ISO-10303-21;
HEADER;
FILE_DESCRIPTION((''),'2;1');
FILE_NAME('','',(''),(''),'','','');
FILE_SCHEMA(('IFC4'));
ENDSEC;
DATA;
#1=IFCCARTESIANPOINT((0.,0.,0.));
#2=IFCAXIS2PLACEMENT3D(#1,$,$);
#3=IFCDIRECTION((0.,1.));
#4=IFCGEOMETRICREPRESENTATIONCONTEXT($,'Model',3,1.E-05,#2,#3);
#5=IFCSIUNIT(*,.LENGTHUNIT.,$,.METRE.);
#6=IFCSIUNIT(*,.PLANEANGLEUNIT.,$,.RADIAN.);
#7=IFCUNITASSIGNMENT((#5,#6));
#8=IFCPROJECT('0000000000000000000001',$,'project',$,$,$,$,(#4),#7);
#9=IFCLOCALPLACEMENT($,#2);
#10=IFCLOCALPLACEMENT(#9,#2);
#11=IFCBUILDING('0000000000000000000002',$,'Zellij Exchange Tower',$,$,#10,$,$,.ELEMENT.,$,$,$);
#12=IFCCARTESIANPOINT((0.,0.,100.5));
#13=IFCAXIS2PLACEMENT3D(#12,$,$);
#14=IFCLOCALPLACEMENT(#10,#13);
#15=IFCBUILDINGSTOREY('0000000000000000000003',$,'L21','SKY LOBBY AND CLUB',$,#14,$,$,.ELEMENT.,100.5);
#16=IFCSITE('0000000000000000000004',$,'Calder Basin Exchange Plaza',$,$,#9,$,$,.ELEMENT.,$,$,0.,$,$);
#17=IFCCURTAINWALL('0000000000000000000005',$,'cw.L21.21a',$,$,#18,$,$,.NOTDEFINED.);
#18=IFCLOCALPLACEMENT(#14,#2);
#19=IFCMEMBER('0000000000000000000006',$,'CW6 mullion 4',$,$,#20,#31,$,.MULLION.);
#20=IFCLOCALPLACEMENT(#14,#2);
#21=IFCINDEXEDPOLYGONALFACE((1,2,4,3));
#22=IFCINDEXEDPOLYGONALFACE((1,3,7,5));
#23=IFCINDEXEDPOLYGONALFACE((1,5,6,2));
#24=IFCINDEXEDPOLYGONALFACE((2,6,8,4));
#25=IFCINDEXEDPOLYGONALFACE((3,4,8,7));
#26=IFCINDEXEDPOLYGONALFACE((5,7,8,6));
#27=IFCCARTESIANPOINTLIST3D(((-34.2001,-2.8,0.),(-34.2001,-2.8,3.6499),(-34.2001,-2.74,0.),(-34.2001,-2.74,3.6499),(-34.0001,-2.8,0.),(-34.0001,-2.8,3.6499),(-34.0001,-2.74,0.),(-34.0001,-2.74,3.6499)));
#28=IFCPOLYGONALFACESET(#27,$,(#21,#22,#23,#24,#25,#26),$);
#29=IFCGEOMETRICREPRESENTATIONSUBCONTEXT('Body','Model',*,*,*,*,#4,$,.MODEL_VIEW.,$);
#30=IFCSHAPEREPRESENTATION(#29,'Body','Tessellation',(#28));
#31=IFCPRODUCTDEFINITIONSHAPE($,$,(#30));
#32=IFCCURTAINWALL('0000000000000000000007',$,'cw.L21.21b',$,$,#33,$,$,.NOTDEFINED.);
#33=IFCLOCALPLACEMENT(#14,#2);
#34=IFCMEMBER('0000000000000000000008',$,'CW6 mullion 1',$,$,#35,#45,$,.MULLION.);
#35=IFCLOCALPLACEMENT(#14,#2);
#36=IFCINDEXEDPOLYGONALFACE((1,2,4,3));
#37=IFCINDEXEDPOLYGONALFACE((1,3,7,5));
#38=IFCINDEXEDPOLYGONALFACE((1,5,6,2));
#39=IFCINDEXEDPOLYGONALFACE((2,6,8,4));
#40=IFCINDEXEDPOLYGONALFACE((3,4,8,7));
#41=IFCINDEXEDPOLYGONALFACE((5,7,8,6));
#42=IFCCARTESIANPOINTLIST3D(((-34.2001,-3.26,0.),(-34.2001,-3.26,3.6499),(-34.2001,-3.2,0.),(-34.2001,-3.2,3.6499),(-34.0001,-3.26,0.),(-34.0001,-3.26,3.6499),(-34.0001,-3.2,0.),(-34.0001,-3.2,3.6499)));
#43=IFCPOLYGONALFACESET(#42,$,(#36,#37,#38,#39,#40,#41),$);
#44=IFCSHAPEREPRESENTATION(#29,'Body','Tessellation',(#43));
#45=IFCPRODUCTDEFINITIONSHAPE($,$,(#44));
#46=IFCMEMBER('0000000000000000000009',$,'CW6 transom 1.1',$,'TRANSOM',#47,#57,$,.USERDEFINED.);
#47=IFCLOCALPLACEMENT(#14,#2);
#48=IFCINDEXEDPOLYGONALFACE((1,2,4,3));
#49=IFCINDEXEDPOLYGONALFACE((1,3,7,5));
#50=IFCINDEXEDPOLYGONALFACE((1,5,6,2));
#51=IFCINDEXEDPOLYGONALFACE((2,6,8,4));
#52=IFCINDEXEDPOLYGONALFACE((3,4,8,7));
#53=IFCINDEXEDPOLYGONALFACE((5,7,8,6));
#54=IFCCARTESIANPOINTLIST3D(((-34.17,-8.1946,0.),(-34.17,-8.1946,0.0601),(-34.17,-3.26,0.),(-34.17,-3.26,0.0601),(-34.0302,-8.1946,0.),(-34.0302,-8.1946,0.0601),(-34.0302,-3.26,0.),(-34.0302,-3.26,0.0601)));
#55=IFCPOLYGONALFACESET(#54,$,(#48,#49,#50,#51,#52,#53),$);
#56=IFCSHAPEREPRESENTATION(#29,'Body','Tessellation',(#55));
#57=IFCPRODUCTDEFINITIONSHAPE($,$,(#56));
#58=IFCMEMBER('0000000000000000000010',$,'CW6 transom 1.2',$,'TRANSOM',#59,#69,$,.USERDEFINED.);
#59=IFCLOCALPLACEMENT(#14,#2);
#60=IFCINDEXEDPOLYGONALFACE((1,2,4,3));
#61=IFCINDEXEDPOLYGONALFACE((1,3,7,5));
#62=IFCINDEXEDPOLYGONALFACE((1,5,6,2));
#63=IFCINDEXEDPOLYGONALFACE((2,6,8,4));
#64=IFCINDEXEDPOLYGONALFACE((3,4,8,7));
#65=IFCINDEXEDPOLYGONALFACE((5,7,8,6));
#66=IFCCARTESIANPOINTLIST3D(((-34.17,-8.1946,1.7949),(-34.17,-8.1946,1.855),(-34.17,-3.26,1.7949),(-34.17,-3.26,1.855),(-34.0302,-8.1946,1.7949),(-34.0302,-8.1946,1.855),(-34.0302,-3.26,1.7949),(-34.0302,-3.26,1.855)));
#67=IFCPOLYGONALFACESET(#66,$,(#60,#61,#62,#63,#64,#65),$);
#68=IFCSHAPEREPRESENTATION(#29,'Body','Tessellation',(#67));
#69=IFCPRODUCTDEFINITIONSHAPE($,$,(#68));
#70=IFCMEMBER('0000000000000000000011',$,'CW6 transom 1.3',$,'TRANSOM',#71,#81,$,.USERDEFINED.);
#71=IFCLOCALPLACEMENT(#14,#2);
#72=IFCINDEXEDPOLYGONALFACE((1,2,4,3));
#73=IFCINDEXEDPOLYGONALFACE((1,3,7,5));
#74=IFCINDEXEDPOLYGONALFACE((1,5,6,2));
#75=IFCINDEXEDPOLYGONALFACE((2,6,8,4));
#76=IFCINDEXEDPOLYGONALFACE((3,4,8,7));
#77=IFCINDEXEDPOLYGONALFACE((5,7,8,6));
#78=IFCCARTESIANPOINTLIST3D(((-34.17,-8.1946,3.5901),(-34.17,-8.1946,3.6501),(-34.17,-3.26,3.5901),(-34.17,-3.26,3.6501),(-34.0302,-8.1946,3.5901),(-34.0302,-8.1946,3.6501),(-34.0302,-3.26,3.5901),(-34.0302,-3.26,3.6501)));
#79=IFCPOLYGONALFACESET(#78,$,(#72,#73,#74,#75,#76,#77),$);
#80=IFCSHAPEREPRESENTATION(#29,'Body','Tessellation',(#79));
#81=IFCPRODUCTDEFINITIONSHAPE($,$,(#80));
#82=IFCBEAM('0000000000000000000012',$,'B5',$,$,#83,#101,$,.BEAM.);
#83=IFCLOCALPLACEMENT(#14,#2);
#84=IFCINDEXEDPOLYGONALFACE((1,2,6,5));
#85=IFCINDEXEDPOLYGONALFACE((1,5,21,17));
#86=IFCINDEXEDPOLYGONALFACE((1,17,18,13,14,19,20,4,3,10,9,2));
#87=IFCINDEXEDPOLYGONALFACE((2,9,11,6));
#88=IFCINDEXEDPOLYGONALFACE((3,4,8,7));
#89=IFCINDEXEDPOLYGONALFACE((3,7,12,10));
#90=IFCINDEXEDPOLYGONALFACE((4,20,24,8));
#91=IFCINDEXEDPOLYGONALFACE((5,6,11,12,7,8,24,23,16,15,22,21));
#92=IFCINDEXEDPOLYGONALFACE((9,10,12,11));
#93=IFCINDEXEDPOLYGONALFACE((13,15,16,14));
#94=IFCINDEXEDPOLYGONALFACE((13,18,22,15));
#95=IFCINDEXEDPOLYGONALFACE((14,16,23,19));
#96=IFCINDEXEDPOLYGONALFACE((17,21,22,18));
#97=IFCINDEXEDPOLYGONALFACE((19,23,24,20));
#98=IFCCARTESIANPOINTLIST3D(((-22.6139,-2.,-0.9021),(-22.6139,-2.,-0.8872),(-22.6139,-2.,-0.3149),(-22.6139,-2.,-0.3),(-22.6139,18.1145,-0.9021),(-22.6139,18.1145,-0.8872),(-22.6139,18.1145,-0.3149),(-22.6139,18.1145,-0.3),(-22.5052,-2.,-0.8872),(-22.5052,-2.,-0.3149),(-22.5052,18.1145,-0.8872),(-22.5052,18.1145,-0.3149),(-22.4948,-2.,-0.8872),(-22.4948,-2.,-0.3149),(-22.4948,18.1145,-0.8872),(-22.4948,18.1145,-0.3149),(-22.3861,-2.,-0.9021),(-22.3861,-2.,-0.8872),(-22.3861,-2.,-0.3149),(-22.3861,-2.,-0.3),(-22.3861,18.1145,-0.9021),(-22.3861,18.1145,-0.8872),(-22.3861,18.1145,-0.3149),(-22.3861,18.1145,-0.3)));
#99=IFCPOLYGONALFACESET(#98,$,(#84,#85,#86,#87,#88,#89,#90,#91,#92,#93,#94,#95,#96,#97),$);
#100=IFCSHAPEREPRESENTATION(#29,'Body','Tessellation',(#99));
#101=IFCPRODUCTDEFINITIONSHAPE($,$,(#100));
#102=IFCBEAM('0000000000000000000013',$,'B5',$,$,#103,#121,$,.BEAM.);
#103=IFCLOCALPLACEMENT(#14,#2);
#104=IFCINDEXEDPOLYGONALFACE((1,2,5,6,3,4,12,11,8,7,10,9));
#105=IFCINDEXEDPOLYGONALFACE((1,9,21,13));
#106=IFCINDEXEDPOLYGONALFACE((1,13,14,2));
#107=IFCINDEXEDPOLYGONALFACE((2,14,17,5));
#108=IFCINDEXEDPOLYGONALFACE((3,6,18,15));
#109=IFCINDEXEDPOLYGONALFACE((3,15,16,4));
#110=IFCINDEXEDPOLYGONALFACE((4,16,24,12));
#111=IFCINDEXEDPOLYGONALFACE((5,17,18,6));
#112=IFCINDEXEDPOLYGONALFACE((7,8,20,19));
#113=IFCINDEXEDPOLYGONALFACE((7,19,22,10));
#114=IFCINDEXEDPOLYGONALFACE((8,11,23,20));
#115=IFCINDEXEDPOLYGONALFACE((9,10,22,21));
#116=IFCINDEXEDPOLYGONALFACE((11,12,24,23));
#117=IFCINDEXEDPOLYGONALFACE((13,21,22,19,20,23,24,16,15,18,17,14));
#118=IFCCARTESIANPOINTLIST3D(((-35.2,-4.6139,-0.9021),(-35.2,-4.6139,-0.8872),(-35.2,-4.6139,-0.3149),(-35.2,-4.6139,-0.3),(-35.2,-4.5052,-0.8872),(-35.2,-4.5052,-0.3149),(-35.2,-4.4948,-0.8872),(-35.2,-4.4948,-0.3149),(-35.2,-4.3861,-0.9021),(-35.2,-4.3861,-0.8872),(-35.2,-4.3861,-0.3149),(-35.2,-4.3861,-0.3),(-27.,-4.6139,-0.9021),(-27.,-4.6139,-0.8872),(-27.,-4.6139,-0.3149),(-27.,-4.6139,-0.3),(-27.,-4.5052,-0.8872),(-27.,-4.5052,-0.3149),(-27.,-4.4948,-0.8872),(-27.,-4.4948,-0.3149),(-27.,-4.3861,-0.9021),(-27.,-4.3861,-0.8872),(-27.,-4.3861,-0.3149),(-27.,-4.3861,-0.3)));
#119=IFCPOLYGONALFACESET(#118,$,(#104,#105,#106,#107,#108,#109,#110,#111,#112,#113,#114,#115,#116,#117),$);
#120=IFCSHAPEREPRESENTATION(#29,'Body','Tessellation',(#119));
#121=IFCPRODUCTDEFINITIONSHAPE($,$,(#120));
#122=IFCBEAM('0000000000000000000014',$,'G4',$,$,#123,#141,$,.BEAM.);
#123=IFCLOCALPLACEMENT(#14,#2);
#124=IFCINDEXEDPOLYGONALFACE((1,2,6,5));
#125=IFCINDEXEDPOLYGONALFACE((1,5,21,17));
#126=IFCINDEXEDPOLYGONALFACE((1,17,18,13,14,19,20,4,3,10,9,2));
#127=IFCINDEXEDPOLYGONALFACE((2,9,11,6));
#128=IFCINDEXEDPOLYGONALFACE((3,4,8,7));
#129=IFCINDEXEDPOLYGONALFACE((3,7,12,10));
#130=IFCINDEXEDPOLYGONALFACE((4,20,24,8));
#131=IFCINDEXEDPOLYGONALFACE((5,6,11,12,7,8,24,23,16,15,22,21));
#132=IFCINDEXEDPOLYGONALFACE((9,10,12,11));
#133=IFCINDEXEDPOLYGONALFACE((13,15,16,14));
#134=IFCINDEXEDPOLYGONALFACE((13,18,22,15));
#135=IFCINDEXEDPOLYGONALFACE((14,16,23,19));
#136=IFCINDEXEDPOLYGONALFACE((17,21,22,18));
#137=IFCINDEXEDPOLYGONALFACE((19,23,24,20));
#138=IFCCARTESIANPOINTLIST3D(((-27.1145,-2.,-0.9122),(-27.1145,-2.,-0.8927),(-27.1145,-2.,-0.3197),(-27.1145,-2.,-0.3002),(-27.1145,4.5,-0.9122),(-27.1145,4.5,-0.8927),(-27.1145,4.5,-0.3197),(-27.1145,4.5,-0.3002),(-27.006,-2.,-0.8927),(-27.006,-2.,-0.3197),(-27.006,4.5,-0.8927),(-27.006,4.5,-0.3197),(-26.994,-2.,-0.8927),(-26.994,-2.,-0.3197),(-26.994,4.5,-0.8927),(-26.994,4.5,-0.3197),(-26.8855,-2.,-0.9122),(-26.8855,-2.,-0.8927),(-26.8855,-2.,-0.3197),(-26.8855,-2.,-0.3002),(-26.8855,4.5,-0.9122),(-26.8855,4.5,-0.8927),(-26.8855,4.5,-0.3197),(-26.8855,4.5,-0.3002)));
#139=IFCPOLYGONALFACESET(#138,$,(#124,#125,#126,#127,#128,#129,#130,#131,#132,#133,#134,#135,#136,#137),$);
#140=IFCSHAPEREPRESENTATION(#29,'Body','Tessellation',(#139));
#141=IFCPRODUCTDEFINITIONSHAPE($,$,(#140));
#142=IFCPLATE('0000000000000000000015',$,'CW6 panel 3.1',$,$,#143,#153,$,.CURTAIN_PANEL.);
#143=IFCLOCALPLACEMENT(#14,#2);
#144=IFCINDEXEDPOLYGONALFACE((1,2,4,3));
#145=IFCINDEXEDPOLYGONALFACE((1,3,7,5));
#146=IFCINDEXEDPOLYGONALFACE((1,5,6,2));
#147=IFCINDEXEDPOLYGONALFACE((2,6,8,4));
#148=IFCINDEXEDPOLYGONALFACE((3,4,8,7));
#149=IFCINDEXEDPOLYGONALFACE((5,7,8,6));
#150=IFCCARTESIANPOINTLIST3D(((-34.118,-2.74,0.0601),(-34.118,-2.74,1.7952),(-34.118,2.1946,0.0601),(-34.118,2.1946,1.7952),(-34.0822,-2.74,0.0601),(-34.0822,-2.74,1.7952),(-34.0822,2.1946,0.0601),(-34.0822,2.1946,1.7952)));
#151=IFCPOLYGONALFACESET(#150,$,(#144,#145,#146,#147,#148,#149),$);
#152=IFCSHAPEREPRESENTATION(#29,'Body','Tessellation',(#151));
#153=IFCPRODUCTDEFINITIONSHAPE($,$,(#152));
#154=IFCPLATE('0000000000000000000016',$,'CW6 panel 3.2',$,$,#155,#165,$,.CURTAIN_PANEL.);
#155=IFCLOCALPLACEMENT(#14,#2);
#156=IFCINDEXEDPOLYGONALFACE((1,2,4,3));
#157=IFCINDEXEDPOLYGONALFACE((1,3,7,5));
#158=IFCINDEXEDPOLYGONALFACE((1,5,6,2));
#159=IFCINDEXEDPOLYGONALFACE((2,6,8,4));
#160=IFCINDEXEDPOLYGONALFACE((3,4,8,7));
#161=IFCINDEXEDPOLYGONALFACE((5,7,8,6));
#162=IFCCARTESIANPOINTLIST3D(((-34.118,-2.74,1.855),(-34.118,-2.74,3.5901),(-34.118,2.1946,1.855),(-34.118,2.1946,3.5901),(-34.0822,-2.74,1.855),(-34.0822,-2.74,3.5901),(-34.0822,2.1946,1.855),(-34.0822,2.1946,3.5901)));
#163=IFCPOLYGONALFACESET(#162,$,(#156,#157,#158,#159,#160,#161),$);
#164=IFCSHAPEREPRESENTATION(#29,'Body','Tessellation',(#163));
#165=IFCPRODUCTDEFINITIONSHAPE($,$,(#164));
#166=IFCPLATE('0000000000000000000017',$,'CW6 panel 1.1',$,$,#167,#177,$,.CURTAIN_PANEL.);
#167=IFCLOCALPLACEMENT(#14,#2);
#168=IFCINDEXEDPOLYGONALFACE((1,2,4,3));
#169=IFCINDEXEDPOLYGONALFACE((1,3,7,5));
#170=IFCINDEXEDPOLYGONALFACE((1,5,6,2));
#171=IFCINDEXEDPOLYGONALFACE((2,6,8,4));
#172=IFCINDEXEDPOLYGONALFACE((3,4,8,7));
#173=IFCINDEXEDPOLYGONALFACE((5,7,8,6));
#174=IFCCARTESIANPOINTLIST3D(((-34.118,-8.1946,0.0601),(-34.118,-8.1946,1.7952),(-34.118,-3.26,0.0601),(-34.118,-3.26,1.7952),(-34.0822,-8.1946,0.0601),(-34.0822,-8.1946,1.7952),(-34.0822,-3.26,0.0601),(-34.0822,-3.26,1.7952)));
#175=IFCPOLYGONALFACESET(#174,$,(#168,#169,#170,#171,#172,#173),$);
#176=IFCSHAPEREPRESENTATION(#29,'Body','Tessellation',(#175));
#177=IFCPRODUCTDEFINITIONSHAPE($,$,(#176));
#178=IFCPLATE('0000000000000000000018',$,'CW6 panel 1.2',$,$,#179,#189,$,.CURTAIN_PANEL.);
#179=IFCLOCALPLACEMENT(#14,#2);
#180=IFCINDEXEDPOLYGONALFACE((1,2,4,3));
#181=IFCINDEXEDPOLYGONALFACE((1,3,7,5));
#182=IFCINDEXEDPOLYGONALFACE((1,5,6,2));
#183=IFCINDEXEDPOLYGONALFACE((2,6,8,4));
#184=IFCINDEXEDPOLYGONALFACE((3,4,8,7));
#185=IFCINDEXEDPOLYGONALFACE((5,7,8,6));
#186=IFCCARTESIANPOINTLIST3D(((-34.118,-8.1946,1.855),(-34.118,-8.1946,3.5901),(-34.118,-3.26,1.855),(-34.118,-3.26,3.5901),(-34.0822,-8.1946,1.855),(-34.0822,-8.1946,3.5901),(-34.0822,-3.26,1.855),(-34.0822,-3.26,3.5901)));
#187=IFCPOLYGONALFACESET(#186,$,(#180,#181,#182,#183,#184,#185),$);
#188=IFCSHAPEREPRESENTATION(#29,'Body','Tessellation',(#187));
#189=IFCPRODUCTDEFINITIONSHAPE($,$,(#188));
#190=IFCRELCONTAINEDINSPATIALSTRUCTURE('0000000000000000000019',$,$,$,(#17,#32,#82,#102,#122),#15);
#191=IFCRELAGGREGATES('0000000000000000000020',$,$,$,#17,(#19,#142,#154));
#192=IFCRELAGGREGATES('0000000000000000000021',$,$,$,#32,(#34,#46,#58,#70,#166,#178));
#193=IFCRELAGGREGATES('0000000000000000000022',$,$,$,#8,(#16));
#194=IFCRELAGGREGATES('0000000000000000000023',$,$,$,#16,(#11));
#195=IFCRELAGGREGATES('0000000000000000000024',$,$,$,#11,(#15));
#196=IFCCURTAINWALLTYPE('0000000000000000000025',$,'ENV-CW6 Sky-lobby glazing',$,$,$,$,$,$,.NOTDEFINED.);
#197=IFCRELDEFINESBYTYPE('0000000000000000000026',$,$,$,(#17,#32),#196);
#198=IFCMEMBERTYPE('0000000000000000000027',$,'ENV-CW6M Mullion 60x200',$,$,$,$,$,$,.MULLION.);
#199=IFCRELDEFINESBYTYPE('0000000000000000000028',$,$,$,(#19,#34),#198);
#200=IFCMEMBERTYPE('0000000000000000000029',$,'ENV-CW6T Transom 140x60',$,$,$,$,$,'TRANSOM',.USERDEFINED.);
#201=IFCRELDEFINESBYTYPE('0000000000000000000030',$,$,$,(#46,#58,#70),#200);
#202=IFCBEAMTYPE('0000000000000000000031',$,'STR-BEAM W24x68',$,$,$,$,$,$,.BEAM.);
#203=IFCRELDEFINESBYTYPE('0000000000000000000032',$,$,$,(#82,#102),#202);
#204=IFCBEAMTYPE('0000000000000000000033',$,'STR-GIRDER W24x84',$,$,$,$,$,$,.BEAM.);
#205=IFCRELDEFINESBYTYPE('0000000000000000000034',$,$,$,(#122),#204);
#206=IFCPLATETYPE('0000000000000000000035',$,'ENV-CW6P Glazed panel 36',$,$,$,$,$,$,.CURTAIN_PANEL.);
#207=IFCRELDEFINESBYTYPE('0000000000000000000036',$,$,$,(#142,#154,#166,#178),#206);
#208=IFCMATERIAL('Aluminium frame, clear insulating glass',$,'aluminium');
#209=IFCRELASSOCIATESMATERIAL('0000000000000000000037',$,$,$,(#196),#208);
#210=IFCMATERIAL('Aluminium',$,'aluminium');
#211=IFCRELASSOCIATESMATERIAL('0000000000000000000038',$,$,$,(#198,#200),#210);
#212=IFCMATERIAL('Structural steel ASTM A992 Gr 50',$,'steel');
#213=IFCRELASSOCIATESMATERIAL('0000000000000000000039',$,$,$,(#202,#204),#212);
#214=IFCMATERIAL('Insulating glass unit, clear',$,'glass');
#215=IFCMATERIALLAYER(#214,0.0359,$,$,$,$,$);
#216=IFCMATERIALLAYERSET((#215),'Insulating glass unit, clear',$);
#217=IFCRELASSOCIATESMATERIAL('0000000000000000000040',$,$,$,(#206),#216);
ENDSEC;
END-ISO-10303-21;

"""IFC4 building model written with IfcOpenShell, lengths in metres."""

from ifc_helpers import new_model, si_unit, direction, frame, origin, origin_2d, place, context, subcontext, project, spatial, rectangle, i_section, extrude, material, layer, layer_set, material_profile, profile_set, type_object, element, aggregate, save


model = new_model("IFC4")

# Units and contexts
model_context = context("Model", 3, precision=1e-05, world=origin(), true_north=direction((0.0, 1.0)))
body_context = subcontext(model_context, "Body", "Model", "MODEL_VIEW")
ifc_project = project(units=[si_unit("LENGTHUNIT", "METRE"), si_unit("PLANEANGLEUNIT", "RADIAN")], contexts=[model_context])

# Site, building, storey
site_placement = place(None, origin())
site = spatial("IfcSite", under=ifc_project, at=site_placement, Name="Calder Basin Exchange Plaza", CompositionType="ELEMENT", RefElevation=0.0)
building_placement = place(site_placement, origin())
building = spatial("IfcBuilding", under=site, at=building_placement, Name="Zellij Exchange Tower", CompositionType="ELEMENT")
storey_placement = place(building_placement, frame((0.0, 0.0, 100.5)))
storey = spatial("IfcBuildingStorey", under=building, at=storey_placement, Name="L21", Description="SKY LOBBY AND CLUB", CompositionType="ELEMENT", Elevation=100.5)

# Curtain wall, member
ifc_material_1 = material(Name="Aluminium frame, clear insulating glass", Category="aluminium")
curtain_wall_type = type_object("IfcCurtainWallType", Name="ENV-CW6 Sky-lobby glazing", PredefinedType="NOTDEFINED", material=ifc_material_1)
curtain_wall_1_placement = place(storey_placement, origin())
curtain_wall_1 = element("IfcCurtainWall", 1, at=curtain_wall_1_placement, inside=storey, type_object=curtain_wall_type, Name="cw.L21.21a", PredefinedType="NOTDEFINED")
ifc_material_2 = material(Name="Aluminium", Category="aluminium")
ifc_material_profile_1 = material_profile(ifc_material_2, rectangle(XDim=0.0601, YDim=0.2, at=origin_2d()), Name="AL 60x200")
ifc_profile_set_1 = profile_set([ifc_material_profile_1], Name="Aluminium")
member_type_1 = type_object("IfcMemberType", Name="ENV-CW6M Mullion 60x200", PredefinedType="MULLION", material=ifc_profile_set_1)
member_1_placement = place(storey_placement, frame((-34.1001, -2.77, 0.0), z_axis=(0.0, 0.0, 1.0), x_axis=(0.0, -1.0, 0.0)))
member_1 = element("IfcMember", 2, at=member_1_placement, type_object=member_type_1, Name="CW6 mullion 4", PredefinedType="MULLION", context=body_context, shape_type="SweptSolid", body=[
    extrude(rectangle(XDim=0.0601, YDim=0.2, at=origin_2d()), origin(), (0.0, 0.0, 1.0), 3.6499),
])

# Curtain wall, members
curtain_wall_2_placement = place(storey_placement, origin())
curtain_wall_2 = element("IfcCurtainWall", 3, at=curtain_wall_2_placement, inside=storey, type_object=curtain_wall_type, Name="cw.L21.21b", PredefinedType="NOTDEFINED")
member_2_placement = place(storey_placement, frame((-34.1001, -3.23, 0.0), z_axis=(0.0, 0.0, 1.0), x_axis=(0.0, -1.0, 0.0)))
member_2 = element("IfcMember", 4, at=member_2_placement, type_object=member_type_1, Name="CW6 mullion 1", PredefinedType="MULLION", context=body_context, shape_type="SweptSolid", body=[
    extrude(rectangle(XDim=0.0601, YDim=0.2, at=origin_2d()), origin(), (0.0, 0.0, 1.0), 3.6499),
])
ifc_material_profile_2 = material_profile(ifc_material_2, rectangle(XDim=0.1399, YDim=0.0601, at=origin_2d()), Name="AL 140x60")
ifc_profile_set_2 = profile_set([ifc_material_profile_2], Name="Aluminium")
member_type_2 = type_object("IfcMemberType", Name="ENV-CW6T Transom 140x60", ElementType="TRANSOM", PredefinedType="USERDEFINED", material=ifc_profile_set_2)
member_3_placement = place(storey_placement, frame((-34.1001, -3.26, 0.03), z_axis=(0.0, -1.0, 0.0), x_axis=(1.0, 0.0, 0.0)))
member_3 = element("IfcMember", 5, at=member_3_placement, type_object=member_type_2, Name="CW6 transom 1.1", ObjectType="TRANSOM", PredefinedType="USERDEFINED", context=body_context, shape_type="SweptSolid", body=[
    extrude(rectangle(XDim=0.1399, YDim=0.0601, at=origin_2d()), origin(), (0.0, 0.0, 1.0), 4.9346),
])
member_4_placement = place(storey_placement, frame((-34.1001, -3.26, 1.825), z_axis=(0.0, -1.0, 0.0), x_axis=(1.0, 0.0, 0.0)))
member_4 = element("IfcMember", 6, at=member_4_placement, type_object=member_type_2, Name="CW6 transom 1.2", ObjectType="TRANSOM", PredefinedType="USERDEFINED", context=body_context, shape_type="SweptSolid", body=[
    extrude(rectangle(XDim=0.1399, YDim=0.0601, at=origin_2d()), origin(), (0.0, 0.0, 1.0), 4.9346),
])
member_5_placement = place(storey_placement, frame((-34.1001, -3.26, 3.6201), z_axis=(0.0, -1.0, 0.0), x_axis=(1.0, 0.0, 0.0)))
member_5 = element("IfcMember", 7, at=member_5_placement, type_object=member_type_2, Name="CW6 transom 1.3", ObjectType="TRANSOM", PredefinedType="USERDEFINED", context=body_context, shape_type="SweptSolid", body=[
    extrude(rectangle(XDim=0.1399, YDim=0.0601, at=origin_2d()), origin(), (0.0, 0.0, 1.0), 4.9346),
])

# Beams
ifc_material_3 = material(Name="Structural steel ASTM A992 Gr 50", Category="steel")
ifc_material_profile_3 = material_profile(ifc_material_3, i_section(OverallWidth=0.2278, OverallDepth=0.6021, WebThickness=0.0105, FlangeThickness=0.0149, at=origin_2d()), Name="W24x68")
ifc_profile_set_3 = profile_set([ifc_material_profile_3], Name="Structural steel ASTM A992 Gr 50")
beam_type_1 = type_object("IfcBeamType", Name="STR-BEAM W24x68", PredefinedType="BEAM", material=ifc_profile_set_3)
beam_1_placement = place(storey_placement, frame((-22.5, -2.0, -0.6011), z_axis=(0.0, 1.0, 0.0), x_axis=(-1.0, 0.0, 0.0)))
element("IfcBeam", 8, at=beam_1_placement, inside=storey, type_object=beam_type_1, Name="B5", PredefinedType="BEAM", context=body_context, shape_type="SweptSolid", body=[
    extrude(i_section(OverallWidth=0.2278, OverallDepth=0.6021, WebThickness=0.0105, FlangeThickness=0.0149, at=origin_2d()), origin(), (0.0, 0.0, 1.0), 20.1145),
])
beam_2_placement = place(storey_placement, frame((-35.2, -4.5, -0.6011), z_axis=(1.0, 0.0, 0.0), x_axis=(0.0, 1.0, 0.0)))
element("IfcBeam", 9, at=beam_2_placement, inside=storey, type_object=beam_type_1, Name="B5", PredefinedType="BEAM", context=body_context, shape_type="SweptSolid", body=[
    extrude(i_section(OverallWidth=0.2278, OverallDepth=0.6021, WebThickness=0.0105, FlangeThickness=0.0149, at=origin_2d()), origin(), (0.0, 0.0, 1.0), 8.2),
])
ifc_material_profile_4 = material_profile(ifc_material_3, i_section(OverallWidth=0.229, OverallDepth=0.6121, WebThickness=0.012, FlangeThickness=0.0195, at=origin_2d()), Name="W24x84")
ifc_profile_set_4 = profile_set([ifc_material_profile_4], Name="Structural steel ASTM A992 Gr 50")
beam_type_2 = type_object("IfcBeamType", Name="STR-GIRDER W24x84", PredefinedType="BEAM", material=ifc_profile_set_4)
beam_3_placement = place(storey_placement, frame((-27.0, -2.0, -0.6062), z_axis=(0.0, 1.0, 0.0), x_axis=(-1.0, 0.0, 0.0)))
element("IfcBeam", 10, at=beam_3_placement, inside=storey, type_object=beam_type_2, Name="G4", PredefinedType="BEAM", context=body_context, shape_type="SweptSolid", body=[
    extrude(i_section(OverallWidth=0.229, OverallDepth=0.6121, WebThickness=0.012, FlangeThickness=0.0195, at=origin_2d()), origin(), (0.0, 0.0, 1.0), 6.5),
])

# Plates
ifc_material_4 = material(Name="Insulating glass unit, clear", Category="glass")
ifc_layer_1 = layer(ifc_material_4, 0.0359)
ifc_layer_set_1 = layer_set([ifc_layer_1], Name="Insulating glass unit, clear")
plate_type = type_object("IfcPlateType", Name="ENV-CW6P Glazed panel 36", PredefinedType="CURTAIN_PANEL", material=ifc_layer_set_1)
plate_1_placement = place(storey_placement, frame((-34.1001, -0.2727, 0.0601), z_axis=(0.0, 0.0, 1.0), x_axis=(0.0, -1.0, 0.0)))
plate_1 = element("IfcPlate", 11, at=plate_1_placement, type_object=plate_type, Name="CW6 panel 3.1", PredefinedType="CURTAIN_PANEL", context=body_context, shape_type="SweptSolid", body=[
    extrude(rectangle(XDim=4.9346, YDim=0.0359, at=origin_2d()), origin(), (0.0, 0.0, 1.0), 1.7351),
])
plate_2_placement = place(storey_placement, frame((-34.1001, -0.2727, 1.855), z_axis=(0.0, 0.0, 1.0), x_axis=(0.0, -1.0, 0.0)))
plate_2 = element("IfcPlate", 12, at=plate_2_placement, type_object=plate_type, Name="CW6 panel 3.2", PredefinedType="CURTAIN_PANEL", context=body_context, shape_type="SweptSolid", body=[
    extrude(rectangle(XDim=4.9346, YDim=0.0359, at=origin_2d()), origin(), (0.0, 0.0, 1.0), 1.7351),
])
aggregate(curtain_wall_1, [member_1, plate_1, plate_2])
plate_3_placement = place(storey_placement, frame((-34.1001, -5.7273, 0.0601), z_axis=(0.0, 0.0, 1.0), x_axis=(0.0, -1.0, 0.0)))
plate_3 = element("IfcPlate", 13, at=plate_3_placement, type_object=plate_type, Name="CW6 panel 1.1", PredefinedType="CURTAIN_PANEL", context=body_context, shape_type="SweptSolid", body=[
    extrude(rectangle(XDim=4.9346, YDim=0.0359, at=origin_2d()), origin(), (0.0, 0.0, 1.0), 1.7351),
])
plate_4_placement = place(storey_placement, frame((-34.1001, -5.7273, 1.855), z_axis=(0.0, 0.0, 1.0), x_axis=(0.0, -1.0, 0.0)))
plate_4 = element("IfcPlate", 14, at=plate_4_placement, type_object=plate_type, Name="CW6 panel 1.2", PredefinedType="CURTAIN_PANEL", context=body_context, shape_type="SweptSolid", body=[
    extrude(rectangle(XDim=4.9346, YDim=0.0359, at=origin_2d()), origin(), (0.0, 0.0, 1.0), 1.7351),
])
aggregate(curtain_wall_2, [member_2, member_3, member_4, member_5, plate_3, plate_4])

save(model, "model.ifc")
